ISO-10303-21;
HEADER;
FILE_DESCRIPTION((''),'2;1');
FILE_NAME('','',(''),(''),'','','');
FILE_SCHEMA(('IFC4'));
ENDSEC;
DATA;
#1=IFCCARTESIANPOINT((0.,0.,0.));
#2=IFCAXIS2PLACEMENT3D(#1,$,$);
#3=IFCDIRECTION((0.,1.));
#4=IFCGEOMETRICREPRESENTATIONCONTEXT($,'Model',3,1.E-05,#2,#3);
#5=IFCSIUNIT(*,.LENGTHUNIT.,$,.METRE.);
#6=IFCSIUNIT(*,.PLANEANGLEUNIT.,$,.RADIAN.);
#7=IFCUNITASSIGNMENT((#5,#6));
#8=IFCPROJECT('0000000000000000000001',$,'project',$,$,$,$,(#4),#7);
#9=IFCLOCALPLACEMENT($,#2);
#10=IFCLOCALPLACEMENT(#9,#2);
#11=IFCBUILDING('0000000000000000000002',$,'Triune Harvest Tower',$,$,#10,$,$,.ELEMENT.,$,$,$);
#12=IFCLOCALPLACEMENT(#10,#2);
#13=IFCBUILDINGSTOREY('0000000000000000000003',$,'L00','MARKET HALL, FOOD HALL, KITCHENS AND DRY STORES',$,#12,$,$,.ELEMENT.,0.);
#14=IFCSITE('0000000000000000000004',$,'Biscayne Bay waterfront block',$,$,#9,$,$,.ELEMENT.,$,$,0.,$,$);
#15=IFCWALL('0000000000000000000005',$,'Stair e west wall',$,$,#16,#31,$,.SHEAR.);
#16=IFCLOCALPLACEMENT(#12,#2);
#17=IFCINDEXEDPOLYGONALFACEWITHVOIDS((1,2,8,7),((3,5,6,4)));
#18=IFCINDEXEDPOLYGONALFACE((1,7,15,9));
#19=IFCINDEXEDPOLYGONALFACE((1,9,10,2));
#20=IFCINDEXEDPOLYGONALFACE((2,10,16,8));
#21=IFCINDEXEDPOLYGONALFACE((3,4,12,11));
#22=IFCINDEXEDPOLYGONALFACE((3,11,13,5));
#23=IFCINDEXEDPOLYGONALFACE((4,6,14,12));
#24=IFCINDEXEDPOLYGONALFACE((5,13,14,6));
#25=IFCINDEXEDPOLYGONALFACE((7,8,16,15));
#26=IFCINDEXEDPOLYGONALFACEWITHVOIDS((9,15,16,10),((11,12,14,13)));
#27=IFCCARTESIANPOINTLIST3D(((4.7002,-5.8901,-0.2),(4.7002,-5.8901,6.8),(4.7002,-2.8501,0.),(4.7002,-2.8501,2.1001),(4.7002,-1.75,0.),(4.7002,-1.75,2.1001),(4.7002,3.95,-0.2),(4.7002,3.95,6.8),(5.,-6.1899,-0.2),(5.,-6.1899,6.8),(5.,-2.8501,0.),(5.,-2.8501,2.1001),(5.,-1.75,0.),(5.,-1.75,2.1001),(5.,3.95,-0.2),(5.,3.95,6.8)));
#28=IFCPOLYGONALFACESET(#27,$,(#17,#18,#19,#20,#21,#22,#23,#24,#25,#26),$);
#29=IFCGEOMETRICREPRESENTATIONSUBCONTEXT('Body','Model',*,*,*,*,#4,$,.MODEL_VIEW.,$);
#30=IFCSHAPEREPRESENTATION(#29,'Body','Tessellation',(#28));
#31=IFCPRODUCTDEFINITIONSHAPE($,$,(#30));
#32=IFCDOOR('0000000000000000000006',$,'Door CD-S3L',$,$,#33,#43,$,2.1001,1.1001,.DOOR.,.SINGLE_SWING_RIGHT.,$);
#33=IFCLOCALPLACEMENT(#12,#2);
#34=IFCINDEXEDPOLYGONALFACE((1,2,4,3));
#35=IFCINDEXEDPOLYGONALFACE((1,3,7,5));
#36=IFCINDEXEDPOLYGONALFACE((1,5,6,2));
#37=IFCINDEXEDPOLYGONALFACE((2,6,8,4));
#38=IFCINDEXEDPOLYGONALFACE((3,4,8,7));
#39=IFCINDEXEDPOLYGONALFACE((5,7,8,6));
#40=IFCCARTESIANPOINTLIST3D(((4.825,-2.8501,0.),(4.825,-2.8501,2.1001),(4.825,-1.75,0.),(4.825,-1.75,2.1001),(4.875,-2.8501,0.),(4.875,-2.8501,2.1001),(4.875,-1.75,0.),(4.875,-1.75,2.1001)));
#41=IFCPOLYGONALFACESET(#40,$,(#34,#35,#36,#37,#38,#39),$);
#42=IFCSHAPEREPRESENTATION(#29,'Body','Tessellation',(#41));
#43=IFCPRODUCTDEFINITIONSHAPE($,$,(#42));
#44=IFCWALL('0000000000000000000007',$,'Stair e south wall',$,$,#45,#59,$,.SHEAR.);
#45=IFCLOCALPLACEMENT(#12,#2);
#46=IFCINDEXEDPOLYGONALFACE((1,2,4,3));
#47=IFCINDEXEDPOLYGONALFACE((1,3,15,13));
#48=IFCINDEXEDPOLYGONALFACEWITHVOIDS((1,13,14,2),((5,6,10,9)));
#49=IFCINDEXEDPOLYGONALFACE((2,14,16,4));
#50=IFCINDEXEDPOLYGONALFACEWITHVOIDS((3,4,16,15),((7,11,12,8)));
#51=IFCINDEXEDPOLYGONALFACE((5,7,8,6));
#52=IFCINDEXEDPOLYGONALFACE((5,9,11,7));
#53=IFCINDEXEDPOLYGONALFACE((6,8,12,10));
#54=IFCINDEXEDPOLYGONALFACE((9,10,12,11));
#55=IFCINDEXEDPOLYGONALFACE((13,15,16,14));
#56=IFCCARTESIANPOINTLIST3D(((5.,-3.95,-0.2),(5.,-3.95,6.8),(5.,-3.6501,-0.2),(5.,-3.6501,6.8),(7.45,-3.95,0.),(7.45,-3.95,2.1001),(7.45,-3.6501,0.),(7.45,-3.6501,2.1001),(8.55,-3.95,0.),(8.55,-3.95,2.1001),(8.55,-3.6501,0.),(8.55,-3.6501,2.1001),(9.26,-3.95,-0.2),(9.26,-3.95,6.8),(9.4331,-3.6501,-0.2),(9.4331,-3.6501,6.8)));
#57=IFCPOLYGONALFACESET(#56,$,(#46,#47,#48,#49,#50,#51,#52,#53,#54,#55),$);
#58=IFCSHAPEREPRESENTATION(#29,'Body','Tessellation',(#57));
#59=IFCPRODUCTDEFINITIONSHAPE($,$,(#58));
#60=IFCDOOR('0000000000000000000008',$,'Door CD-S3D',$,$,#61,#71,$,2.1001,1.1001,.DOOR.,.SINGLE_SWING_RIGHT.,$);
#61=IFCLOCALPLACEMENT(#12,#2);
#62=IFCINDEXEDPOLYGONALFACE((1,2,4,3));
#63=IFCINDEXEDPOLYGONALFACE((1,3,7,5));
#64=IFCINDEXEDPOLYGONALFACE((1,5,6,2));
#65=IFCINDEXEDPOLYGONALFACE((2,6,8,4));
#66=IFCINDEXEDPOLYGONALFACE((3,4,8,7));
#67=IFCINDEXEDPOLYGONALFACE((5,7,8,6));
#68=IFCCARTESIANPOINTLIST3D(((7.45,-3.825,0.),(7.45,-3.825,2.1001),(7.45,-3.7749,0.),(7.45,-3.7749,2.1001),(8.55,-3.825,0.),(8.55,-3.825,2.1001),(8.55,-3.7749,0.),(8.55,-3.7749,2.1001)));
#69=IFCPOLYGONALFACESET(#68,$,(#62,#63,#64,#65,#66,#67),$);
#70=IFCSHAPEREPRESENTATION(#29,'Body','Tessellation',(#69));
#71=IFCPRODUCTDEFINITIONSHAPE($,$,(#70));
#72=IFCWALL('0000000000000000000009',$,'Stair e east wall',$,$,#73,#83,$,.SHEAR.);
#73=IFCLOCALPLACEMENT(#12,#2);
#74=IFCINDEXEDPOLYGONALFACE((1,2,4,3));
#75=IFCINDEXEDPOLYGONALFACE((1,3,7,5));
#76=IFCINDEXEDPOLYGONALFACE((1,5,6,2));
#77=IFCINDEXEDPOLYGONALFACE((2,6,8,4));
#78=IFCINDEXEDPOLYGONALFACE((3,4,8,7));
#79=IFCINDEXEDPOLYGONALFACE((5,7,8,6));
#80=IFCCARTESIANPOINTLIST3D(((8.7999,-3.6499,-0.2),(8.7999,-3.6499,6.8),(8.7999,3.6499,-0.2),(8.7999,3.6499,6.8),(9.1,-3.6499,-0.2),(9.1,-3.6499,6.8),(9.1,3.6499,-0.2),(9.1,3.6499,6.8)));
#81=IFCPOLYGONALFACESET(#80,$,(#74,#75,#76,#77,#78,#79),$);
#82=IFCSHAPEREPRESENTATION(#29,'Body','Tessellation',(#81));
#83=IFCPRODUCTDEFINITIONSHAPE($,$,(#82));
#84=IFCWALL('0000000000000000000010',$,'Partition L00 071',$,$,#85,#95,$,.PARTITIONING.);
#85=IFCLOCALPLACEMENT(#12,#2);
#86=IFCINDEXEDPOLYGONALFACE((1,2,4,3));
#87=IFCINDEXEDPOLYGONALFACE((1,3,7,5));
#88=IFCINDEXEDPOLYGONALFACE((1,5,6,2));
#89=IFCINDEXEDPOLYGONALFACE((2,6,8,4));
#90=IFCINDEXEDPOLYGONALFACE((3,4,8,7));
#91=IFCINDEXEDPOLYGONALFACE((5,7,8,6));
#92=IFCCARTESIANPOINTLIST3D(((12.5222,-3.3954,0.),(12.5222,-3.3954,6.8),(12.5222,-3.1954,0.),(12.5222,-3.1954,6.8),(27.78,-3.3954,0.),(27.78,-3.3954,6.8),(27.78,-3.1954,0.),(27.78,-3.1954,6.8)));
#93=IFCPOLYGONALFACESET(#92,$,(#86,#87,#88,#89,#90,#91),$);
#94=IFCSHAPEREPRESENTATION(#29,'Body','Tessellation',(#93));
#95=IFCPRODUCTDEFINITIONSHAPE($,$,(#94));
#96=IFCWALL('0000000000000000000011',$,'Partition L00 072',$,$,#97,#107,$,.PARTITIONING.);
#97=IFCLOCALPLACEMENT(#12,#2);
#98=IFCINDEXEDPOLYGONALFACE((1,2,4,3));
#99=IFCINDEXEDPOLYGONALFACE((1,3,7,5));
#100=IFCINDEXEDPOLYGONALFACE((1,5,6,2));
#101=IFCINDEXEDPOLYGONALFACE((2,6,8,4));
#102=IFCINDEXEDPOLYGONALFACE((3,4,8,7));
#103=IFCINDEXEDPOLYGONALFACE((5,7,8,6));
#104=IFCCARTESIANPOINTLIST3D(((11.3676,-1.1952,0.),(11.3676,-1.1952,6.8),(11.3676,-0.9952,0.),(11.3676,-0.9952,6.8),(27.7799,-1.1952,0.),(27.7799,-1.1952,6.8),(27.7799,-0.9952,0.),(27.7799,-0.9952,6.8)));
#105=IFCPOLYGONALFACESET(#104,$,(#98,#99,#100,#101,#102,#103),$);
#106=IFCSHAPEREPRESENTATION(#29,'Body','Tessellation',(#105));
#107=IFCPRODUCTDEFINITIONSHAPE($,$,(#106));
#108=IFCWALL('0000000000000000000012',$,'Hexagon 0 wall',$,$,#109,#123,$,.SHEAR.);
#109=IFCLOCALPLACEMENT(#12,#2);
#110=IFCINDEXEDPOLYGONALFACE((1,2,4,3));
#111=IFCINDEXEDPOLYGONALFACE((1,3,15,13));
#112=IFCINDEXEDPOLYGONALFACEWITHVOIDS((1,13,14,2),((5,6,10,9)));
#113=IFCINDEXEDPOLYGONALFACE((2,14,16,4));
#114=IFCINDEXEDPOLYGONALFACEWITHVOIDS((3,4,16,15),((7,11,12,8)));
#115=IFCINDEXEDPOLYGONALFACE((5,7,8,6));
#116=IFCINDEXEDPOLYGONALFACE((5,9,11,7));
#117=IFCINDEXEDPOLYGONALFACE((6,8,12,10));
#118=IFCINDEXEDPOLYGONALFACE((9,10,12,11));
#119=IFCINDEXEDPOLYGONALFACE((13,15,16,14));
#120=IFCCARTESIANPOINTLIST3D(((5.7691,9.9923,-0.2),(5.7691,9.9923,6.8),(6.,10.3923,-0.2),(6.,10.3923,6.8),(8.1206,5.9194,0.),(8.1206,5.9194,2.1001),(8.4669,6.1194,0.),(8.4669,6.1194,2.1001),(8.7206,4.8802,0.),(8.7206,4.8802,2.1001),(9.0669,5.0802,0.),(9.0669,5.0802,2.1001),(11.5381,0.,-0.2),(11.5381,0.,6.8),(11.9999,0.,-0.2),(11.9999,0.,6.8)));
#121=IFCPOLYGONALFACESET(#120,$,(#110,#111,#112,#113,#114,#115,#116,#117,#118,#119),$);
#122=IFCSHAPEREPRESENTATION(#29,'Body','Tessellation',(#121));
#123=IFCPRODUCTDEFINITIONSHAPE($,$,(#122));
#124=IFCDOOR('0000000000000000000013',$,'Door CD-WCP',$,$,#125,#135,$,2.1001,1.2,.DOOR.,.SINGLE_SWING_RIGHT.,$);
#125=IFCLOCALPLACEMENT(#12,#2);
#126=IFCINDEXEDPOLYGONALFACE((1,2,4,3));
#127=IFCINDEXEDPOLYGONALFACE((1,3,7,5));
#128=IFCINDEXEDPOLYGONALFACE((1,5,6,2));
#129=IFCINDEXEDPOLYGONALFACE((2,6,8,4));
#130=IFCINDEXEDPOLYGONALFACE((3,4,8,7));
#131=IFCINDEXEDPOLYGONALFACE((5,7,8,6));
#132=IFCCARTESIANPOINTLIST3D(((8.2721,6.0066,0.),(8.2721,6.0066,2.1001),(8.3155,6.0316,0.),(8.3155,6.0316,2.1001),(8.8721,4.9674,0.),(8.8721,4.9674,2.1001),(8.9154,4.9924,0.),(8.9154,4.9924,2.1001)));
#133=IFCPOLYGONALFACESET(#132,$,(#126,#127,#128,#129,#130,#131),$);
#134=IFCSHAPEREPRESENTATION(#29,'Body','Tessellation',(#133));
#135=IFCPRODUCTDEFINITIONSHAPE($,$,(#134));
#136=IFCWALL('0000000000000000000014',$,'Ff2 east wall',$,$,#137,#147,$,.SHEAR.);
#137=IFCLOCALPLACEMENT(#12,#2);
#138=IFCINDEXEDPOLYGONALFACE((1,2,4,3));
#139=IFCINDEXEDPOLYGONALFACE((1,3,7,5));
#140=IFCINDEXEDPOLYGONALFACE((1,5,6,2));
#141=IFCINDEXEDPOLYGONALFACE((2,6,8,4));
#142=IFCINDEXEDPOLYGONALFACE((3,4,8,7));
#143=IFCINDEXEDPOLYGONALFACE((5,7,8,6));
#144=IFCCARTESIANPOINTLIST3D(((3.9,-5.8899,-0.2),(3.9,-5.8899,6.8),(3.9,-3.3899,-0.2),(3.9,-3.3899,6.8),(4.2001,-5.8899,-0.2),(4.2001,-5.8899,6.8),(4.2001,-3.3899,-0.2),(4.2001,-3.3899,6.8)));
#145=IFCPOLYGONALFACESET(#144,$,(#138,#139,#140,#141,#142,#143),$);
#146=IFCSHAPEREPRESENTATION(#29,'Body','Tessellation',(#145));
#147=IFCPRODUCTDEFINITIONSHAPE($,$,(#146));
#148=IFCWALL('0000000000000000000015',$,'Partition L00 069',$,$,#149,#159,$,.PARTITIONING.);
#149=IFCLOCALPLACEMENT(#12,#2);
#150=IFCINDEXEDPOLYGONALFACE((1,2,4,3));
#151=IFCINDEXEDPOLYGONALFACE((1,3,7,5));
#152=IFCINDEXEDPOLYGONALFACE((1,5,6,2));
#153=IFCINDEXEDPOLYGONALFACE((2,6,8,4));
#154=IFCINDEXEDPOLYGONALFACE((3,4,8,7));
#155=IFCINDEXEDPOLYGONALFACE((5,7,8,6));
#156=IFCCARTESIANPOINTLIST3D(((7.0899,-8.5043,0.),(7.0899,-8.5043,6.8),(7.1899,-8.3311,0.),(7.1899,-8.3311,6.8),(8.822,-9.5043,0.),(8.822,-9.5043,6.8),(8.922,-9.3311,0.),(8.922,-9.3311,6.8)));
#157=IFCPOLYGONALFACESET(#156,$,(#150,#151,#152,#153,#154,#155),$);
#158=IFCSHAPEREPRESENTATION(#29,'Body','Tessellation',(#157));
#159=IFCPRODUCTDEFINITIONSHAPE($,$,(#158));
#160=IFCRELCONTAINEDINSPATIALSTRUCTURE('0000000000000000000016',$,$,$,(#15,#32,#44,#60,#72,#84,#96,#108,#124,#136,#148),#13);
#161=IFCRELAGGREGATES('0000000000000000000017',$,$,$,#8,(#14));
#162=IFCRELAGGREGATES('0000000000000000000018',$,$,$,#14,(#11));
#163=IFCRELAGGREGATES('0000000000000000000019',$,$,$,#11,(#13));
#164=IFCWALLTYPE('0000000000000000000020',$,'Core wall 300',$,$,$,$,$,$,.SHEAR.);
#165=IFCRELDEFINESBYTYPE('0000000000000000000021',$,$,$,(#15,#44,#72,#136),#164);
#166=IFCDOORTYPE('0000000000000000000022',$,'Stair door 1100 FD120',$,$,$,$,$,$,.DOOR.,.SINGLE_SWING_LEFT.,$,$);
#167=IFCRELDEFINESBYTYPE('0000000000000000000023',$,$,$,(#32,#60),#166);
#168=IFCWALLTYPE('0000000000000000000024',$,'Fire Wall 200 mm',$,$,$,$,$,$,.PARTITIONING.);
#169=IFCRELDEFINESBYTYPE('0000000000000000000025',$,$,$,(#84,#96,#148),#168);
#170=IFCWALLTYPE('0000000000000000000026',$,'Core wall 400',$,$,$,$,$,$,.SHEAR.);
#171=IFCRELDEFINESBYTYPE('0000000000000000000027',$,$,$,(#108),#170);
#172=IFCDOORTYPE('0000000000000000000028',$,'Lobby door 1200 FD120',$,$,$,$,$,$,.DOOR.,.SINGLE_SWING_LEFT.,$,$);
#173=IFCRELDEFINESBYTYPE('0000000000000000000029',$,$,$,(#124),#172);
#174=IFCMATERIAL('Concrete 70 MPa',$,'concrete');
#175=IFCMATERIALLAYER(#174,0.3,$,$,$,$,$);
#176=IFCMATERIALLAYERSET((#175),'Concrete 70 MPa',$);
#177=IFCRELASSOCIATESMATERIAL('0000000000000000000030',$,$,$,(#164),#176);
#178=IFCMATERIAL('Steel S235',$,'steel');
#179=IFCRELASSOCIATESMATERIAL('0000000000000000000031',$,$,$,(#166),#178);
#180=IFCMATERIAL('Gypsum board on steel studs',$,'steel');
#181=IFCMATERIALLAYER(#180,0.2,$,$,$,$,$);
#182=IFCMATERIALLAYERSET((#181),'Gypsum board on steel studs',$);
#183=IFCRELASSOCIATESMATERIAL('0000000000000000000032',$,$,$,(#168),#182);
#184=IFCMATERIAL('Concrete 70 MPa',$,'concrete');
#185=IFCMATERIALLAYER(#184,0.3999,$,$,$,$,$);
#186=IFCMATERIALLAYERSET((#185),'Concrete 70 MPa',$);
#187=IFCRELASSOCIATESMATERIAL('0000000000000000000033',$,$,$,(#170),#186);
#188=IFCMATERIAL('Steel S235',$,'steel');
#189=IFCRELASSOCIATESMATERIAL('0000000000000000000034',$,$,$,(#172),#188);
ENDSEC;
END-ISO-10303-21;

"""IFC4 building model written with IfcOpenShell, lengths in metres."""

from ifc_helpers import new_model, si_unit, direction, frame, frame_2d, origin, place, context, subcontext, project, spatial, polyline, rectangle, outline, extrude, source, transform, mapped, material, layer, layer_set, type_object, element, fill, save


model = new_model("IFC4")

# Units and contexts
model_context = context("Model", 3, precision=1e-05, world=origin(), true_north=direction((0.0, 1.0)))
body_context = subcontext(model_context, "Body", "Model", "MODEL_VIEW")
ifc_project = project(units=[si_unit("LENGTHUNIT", "METRE"), si_unit("PLANEANGLEUNIT", "RADIAN")], contexts=[model_context])

# Site, building, storey
site_placement = place(None, origin())
site = spatial("IfcSite", under=ifc_project, at=site_placement, Name="Biscayne Bay waterfront block", CompositionType="ELEMENT", RefElevation=0.0)
building_placement = place(site_placement, origin())
building = spatial("IfcBuilding", under=site, at=building_placement, Name="Triune Harvest Tower", CompositionType="ELEMENT")
storey_placement = place(building_placement, origin())
storey = spatial("IfcBuildingStorey", under=building, at=storey_placement, Name="L00", Description="MARKET HALL, FOOD HALL, KITCHENS AND DRY STORES", CompositionType="ELEMENT", Elevation=0.0)

# Walls, openings, doors
ifc_material_1 = material(Name="Concrete 70 MPa", Category="concrete")
ifc_layer_1 = layer(ifc_material_1, 0.3)
ifc_layer_set_1 = layer_set([ifc_layer_1], Name="Concrete 70 MPa")
wall_type_1 = type_object("IfcWallType", Name="Core wall 300", PredefinedType="SHEAR", material=ifc_layer_set_1)
wall_1_placement = place(storey_placement, frame((4.8501, -6.04, -0.2), z_axis=(0.0, 0.0, 1.0), x_axis=(0.0, 1.0, 0.0)))
wall_1 = element("IfcWall", 1, at=wall_1_placement, inside=storey, type_object=wall_type_1, Name="Stair e west wall", PredefinedType="SHEAR", context=body_context, shape_type="SweptSolid", body=[
    extrude(outline(polyline([(-0.1499, -0.1499), (9.99, -0.1499), (9.99, 0.1499), (0.1499, 0.1499), (-0.1499, -0.1499)])), origin(), (0.0, 0.0, 1.0), 7.0),
])
opening_1_placement = place(wall_1_placement, frame((3.1899, 0.0, 0.2)))
opening_1 = element("IfcOpeningElement", 2, at=opening_1_placement, cuts=wall_1, PredefinedType="OPENING", context=body_context, shape_type="SweptSolid", body=[
    extrude(rectangle(XDim=1.1001, YDim=2.1001, at=frame_2d((0.55, 1.05))), frame((0.0, 0.1602, 0.0), z_axis=(0.0, -1.0, 0.0), x_axis=(1.0, 0.0, 0.0)), (0.0, 0.0, 1.0), 0.3201),
])
ifc_material_2 = material(Name="Steel S235", Category="steel")
door_type_1 = type_object("IfcDoorType", Name="Stair door 1100 FD120", OperationType="SINGLE_SWING_LEFT", PredefinedType="DOOR", material=ifc_material_2)
door_1_placement = place(opening_1_placement, frame((1.1001, 0.0, 0.0), z_axis=(0.0, 0.0, 1.0), x_axis=(-1.0, 0.0, 0.0)))
door_1 = element("IfcDoor", 3, at=door_1_placement, inside=storey, type_object=door_type_1, Name="Door CD-S3L", OperationType="SINGLE_SWING_RIGHT", OverallHeight=2.1001, OverallWidth=1.1001, PredefinedType="DOOR", context=body_context, shape_type="SweptSolid", body=[
    extrude(rectangle(XDim=1.1001, YDim=2.1001, at=frame_2d((0.55, 1.05))), frame((0.0, 0.0249, 0.0), z_axis=(0.0, -1.0, 0.0), x_axis=(1.0, 0.0, 0.0)), (0.0, 0.0, 1.0), 0.05),
])
fill(opening_1, door_1)
wall_2_placement = place(storey_placement, frame((5.0, -3.8, -0.2), z_axis=(0.0, 0.0, 1.0), x_axis=(1.0, 0.0, 0.0)))
wall_2 = element("IfcWall", 4, at=wall_2_placement, inside=storey, type_object=wall_type_1, Name="Stair e south wall", PredefinedType="SHEAR", context=body_context, shape_type="SweptSolid", body=[
    extrude(outline(polyline([(0.0, -0.1499), (0.0, 0.1499), (4.4331, 0.1499), (4.26, -0.1499), (0.0, -0.1499)])), origin(), (0.0, 0.0, 1.0), 7.0),
])
opening_2_placement = place(wall_2_placement, frame((2.45, 0.0, 0.2)))
opening_2 = element("IfcOpeningElement", 5, at=opening_2_placement, cuts=wall_2, PredefinedType="OPENING", context=body_context, shape_type="SweptSolid", body=[
    extrude(rectangle(XDim=1.1001, YDim=2.1001, at=frame_2d((0.55, 1.05))), frame((0.0, 0.1602, 0.0), z_axis=(0.0, -1.0, 0.0), x_axis=(1.0, 0.0, 0.0)), (0.0, 0.0, 1.0), 0.3201),
])
door_2_placement = place(opening_2_placement, frame((1.1001, 0.0, 0.0), z_axis=(0.0, 0.0, 1.0), x_axis=(-1.0, 0.0, 0.0)))
door_2 = element("IfcDoor", 6, at=door_2_placement, inside=storey, type_object=door_type_1, Name="Door CD-S3D", OperationType="SINGLE_SWING_RIGHT", OverallHeight=2.1001, OverallWidth=1.1001, PredefinedType="DOOR", context=body_context, shape_type="SweptSolid", body=[
    extrude(rectangle(XDim=1.1001, YDim=2.1001, at=frame_2d((0.55, 1.05))), frame((0.0, 0.0249, 0.0), z_axis=(0.0, -1.0, 0.0), x_axis=(1.0, 0.0, 0.0)), (0.0, 0.0, 1.0), 0.05),
])
fill(opening_2, door_2)

# Walls
wall_3_placement = place(storey_placement, frame((8.95, -3.6499, -0.2), z_axis=(0.0, 0.0, 1.0), x_axis=(0.0, 1.0, 0.0)))
element("IfcWall", 7, at=wall_3_placement, inside=storey, type_object=wall_type_1, Name="Stair e east wall", PredefinedType="SHEAR", context=body_context, shape_type="SweptSolid", body=[
    extrude(rectangle(XDim=7.2998, YDim=0.3, at=frame_2d((3.6499, 0.0))), origin(), (0.0, 0.0, 1.0), 7.0),
])
ifc_material_3 = material(Name="Gypsum board on steel studs", Category="steel")
ifc_layer_2 = layer(ifc_material_3, 0.2)
ifc_layer_set_2 = layer_set([ifc_layer_2], Name="Gypsum board on steel studs")
wall_type_2 = type_object("IfcWallType", Name="Fire Wall 200 mm", PredefinedType="PARTITIONING", material=ifc_layer_set_2)
wall_4_placement = place(storey_placement, frame((12.5222, -3.2954, 0.0), z_axis=(0.0, 0.0, 1.0), x_axis=(1.0, 0.0, 0.0)))
element("IfcWall", 8, at=wall_4_placement, inside=storey, type_object=wall_type_2, Name="Partition L00 071", PredefinedType="PARTITIONING", context=body_context, shape_type="SweptSolid", body=[
    extrude(rectangle(XDim=15.2578, YDim=0.2, at=frame_2d((7.6289, 0.0))), origin(), (0.0, 0.0, 1.0), 6.8),
])
wall_5_placement = place(storey_placement, frame((11.3677, -1.0952, 0.0), z_axis=(0.0, 0.0, 1.0), x_axis=(1.0, 0.0, 0.0)))
element("IfcWall", 9, at=wall_5_placement, inside=storey, type_object=wall_type_2, Name="Partition L00 072", PredefinedType="PARTITIONING", context=body_context, shape_type="SweptSolid", body=[
    extrude(rectangle(XDim=16.4124, YDim=0.2, at=frame_2d((8.2061, 0.0))), origin(), (0.0, 0.0, 1.0), 6.8),
])

# Wall, opening, door
ifc_material_4 = material(Name="Concrete 70 MPa", Category="concrete")
ifc_layer_3 = layer(ifc_material_4, 0.3999)
ifc_layer_set_3 = layer_set([ifc_layer_3], Name="Concrete 70 MPa")
wall_type_3 = type_object("IfcWallType", Name="Core wall 400", PredefinedType="SHEAR", material=ifc_layer_set_3)
shared_shape_1 = source(origin(), body_context, "Body", "SweptSolid", [
    extrude(outline(polyline([(-0.1155, -0.2), (11.8845, -0.2), (11.6536, 0.2), (0.1155, 0.2), (-0.1155, -0.2)])), origin(), (0.0, 0.0, 1.0), 7.0),
])
wall_6_placement = place(storey_placement, frame((11.769, 0.0, -0.2), z_axis=(0.0, 0.0, 1.0), x_axis=(-0.499997, 0.866027, 0.0)))
wall_6 = element("IfcWall", 10, at=wall_6_placement, inside=storey, type_object=wall_type_3, Name="Hexagon 0 wall", PredefinedType="SHEAR", context=body_context, shape_type="MappedRepresentation", body=[
    mapped(shared_shape_1, transform((0.0, 0.0, 0.0), scale=1.0)),
])
opening_3_placement = place(wall_6_placement, frame((5.7505, 0.0, 0.2)))
opening_3 = element("IfcOpeningElement", 11, at=opening_3_placement, cuts=wall_6, PredefinedType="OPENING", context=body_context, shape_type="SweptSolid", body=[
    extrude(rectangle(XDim=1.2, YDim=2.1001, at=frame_2d((0.6001, 1.05))), frame((0.0, 0.21, 0.0), z_axis=(0.0, -1.0, 0.0), x_axis=(1.0, 0.0, 0.0)), (0.0, 0.0, 1.0), 0.4199),
])
ifc_material_5 = material(Name="Steel S235", Category="steel")
door_type_2 = type_object("IfcDoorType", Name="Lobby door 1200 FD120", OperationType="SINGLE_SWING_LEFT", PredefinedType="DOOR", material=ifc_material_5)
door_3_placement = place(opening_3_placement, frame((1.2, 0.0, 0.0), z_axis=(0.0, 0.0, 1.0), x_axis=(-1.0, 0.0, 0.0)))
door_3 = element("IfcDoor", 12, at=door_3_placement, inside=storey, type_object=door_type_2, Name="Door CD-WCP", OperationType="SINGLE_SWING_RIGHT", OverallHeight=2.1001, OverallWidth=1.2, PredefinedType="DOOR", context=body_context, shape_type="SweptSolid", body=[
    extrude(rectangle(XDim=1.2, YDim=2.1001, at=frame_2d((0.6001, 1.05))), frame((0.0, 0.0249, 0.0), z_axis=(0.0, -1.0, 0.0), x_axis=(1.0, 0.0, 0.0)), (0.0, 0.0, 1.0), 0.05),
])
fill(opening_3, door_3)

# Walls
shared_shape_2 = source(origin(), body_context, "Body", "SweptSolid", [
    extrude(rectangle(XDim=2.5, YDim=0.3, at=frame_2d((1.25, 0.0))), origin(), (0.0, 0.0, 1.0), 7.0),
])
wall_7_placement = place(storey_placement, frame((4.05, -5.8899, -0.2), z_axis=(0.0, 0.0, 1.0), x_axis=(0.0, 1.0, 0.0)))
element("IfcWall", 13, at=wall_7_placement, inside=storey, type_object=wall_type_1, Name="Ff2 east wall", PredefinedType="SHEAR", context=body_context, shape_type="MappedRepresentation", body=[
    mapped(shared_shape_2, transform((0.0, 0.0, 0.0), scale=1.0)),
])
shared_shape_3 = source(origin(), body_context, "Body", "SweptSolid", [
    extrude(rectangle(XDim=2.0, YDim=0.2, at=frame_2d((1.0, 0.0))), origin(), (0.0, 0.0, 1.0), 6.8),
])
wall_8_placement = place(storey_placement, frame((7.1399, -8.4177, 0.0), z_axis=(0.0, 0.0, 1.0), x_axis=(0.866041, -0.499973, 0.0)))
element("IfcWall", 14, at=wall_8_placement, inside=storey, type_object=wall_type_2, Name="Partition L00 069", PredefinedType="PARTITIONING", context=body_context, shape_type="MappedRepresentation", body=[
    mapped(shared_shape_3, transform((0.0, 0.0, 0.0), scale=1.0)),
])

save(model, "model.ifc")
